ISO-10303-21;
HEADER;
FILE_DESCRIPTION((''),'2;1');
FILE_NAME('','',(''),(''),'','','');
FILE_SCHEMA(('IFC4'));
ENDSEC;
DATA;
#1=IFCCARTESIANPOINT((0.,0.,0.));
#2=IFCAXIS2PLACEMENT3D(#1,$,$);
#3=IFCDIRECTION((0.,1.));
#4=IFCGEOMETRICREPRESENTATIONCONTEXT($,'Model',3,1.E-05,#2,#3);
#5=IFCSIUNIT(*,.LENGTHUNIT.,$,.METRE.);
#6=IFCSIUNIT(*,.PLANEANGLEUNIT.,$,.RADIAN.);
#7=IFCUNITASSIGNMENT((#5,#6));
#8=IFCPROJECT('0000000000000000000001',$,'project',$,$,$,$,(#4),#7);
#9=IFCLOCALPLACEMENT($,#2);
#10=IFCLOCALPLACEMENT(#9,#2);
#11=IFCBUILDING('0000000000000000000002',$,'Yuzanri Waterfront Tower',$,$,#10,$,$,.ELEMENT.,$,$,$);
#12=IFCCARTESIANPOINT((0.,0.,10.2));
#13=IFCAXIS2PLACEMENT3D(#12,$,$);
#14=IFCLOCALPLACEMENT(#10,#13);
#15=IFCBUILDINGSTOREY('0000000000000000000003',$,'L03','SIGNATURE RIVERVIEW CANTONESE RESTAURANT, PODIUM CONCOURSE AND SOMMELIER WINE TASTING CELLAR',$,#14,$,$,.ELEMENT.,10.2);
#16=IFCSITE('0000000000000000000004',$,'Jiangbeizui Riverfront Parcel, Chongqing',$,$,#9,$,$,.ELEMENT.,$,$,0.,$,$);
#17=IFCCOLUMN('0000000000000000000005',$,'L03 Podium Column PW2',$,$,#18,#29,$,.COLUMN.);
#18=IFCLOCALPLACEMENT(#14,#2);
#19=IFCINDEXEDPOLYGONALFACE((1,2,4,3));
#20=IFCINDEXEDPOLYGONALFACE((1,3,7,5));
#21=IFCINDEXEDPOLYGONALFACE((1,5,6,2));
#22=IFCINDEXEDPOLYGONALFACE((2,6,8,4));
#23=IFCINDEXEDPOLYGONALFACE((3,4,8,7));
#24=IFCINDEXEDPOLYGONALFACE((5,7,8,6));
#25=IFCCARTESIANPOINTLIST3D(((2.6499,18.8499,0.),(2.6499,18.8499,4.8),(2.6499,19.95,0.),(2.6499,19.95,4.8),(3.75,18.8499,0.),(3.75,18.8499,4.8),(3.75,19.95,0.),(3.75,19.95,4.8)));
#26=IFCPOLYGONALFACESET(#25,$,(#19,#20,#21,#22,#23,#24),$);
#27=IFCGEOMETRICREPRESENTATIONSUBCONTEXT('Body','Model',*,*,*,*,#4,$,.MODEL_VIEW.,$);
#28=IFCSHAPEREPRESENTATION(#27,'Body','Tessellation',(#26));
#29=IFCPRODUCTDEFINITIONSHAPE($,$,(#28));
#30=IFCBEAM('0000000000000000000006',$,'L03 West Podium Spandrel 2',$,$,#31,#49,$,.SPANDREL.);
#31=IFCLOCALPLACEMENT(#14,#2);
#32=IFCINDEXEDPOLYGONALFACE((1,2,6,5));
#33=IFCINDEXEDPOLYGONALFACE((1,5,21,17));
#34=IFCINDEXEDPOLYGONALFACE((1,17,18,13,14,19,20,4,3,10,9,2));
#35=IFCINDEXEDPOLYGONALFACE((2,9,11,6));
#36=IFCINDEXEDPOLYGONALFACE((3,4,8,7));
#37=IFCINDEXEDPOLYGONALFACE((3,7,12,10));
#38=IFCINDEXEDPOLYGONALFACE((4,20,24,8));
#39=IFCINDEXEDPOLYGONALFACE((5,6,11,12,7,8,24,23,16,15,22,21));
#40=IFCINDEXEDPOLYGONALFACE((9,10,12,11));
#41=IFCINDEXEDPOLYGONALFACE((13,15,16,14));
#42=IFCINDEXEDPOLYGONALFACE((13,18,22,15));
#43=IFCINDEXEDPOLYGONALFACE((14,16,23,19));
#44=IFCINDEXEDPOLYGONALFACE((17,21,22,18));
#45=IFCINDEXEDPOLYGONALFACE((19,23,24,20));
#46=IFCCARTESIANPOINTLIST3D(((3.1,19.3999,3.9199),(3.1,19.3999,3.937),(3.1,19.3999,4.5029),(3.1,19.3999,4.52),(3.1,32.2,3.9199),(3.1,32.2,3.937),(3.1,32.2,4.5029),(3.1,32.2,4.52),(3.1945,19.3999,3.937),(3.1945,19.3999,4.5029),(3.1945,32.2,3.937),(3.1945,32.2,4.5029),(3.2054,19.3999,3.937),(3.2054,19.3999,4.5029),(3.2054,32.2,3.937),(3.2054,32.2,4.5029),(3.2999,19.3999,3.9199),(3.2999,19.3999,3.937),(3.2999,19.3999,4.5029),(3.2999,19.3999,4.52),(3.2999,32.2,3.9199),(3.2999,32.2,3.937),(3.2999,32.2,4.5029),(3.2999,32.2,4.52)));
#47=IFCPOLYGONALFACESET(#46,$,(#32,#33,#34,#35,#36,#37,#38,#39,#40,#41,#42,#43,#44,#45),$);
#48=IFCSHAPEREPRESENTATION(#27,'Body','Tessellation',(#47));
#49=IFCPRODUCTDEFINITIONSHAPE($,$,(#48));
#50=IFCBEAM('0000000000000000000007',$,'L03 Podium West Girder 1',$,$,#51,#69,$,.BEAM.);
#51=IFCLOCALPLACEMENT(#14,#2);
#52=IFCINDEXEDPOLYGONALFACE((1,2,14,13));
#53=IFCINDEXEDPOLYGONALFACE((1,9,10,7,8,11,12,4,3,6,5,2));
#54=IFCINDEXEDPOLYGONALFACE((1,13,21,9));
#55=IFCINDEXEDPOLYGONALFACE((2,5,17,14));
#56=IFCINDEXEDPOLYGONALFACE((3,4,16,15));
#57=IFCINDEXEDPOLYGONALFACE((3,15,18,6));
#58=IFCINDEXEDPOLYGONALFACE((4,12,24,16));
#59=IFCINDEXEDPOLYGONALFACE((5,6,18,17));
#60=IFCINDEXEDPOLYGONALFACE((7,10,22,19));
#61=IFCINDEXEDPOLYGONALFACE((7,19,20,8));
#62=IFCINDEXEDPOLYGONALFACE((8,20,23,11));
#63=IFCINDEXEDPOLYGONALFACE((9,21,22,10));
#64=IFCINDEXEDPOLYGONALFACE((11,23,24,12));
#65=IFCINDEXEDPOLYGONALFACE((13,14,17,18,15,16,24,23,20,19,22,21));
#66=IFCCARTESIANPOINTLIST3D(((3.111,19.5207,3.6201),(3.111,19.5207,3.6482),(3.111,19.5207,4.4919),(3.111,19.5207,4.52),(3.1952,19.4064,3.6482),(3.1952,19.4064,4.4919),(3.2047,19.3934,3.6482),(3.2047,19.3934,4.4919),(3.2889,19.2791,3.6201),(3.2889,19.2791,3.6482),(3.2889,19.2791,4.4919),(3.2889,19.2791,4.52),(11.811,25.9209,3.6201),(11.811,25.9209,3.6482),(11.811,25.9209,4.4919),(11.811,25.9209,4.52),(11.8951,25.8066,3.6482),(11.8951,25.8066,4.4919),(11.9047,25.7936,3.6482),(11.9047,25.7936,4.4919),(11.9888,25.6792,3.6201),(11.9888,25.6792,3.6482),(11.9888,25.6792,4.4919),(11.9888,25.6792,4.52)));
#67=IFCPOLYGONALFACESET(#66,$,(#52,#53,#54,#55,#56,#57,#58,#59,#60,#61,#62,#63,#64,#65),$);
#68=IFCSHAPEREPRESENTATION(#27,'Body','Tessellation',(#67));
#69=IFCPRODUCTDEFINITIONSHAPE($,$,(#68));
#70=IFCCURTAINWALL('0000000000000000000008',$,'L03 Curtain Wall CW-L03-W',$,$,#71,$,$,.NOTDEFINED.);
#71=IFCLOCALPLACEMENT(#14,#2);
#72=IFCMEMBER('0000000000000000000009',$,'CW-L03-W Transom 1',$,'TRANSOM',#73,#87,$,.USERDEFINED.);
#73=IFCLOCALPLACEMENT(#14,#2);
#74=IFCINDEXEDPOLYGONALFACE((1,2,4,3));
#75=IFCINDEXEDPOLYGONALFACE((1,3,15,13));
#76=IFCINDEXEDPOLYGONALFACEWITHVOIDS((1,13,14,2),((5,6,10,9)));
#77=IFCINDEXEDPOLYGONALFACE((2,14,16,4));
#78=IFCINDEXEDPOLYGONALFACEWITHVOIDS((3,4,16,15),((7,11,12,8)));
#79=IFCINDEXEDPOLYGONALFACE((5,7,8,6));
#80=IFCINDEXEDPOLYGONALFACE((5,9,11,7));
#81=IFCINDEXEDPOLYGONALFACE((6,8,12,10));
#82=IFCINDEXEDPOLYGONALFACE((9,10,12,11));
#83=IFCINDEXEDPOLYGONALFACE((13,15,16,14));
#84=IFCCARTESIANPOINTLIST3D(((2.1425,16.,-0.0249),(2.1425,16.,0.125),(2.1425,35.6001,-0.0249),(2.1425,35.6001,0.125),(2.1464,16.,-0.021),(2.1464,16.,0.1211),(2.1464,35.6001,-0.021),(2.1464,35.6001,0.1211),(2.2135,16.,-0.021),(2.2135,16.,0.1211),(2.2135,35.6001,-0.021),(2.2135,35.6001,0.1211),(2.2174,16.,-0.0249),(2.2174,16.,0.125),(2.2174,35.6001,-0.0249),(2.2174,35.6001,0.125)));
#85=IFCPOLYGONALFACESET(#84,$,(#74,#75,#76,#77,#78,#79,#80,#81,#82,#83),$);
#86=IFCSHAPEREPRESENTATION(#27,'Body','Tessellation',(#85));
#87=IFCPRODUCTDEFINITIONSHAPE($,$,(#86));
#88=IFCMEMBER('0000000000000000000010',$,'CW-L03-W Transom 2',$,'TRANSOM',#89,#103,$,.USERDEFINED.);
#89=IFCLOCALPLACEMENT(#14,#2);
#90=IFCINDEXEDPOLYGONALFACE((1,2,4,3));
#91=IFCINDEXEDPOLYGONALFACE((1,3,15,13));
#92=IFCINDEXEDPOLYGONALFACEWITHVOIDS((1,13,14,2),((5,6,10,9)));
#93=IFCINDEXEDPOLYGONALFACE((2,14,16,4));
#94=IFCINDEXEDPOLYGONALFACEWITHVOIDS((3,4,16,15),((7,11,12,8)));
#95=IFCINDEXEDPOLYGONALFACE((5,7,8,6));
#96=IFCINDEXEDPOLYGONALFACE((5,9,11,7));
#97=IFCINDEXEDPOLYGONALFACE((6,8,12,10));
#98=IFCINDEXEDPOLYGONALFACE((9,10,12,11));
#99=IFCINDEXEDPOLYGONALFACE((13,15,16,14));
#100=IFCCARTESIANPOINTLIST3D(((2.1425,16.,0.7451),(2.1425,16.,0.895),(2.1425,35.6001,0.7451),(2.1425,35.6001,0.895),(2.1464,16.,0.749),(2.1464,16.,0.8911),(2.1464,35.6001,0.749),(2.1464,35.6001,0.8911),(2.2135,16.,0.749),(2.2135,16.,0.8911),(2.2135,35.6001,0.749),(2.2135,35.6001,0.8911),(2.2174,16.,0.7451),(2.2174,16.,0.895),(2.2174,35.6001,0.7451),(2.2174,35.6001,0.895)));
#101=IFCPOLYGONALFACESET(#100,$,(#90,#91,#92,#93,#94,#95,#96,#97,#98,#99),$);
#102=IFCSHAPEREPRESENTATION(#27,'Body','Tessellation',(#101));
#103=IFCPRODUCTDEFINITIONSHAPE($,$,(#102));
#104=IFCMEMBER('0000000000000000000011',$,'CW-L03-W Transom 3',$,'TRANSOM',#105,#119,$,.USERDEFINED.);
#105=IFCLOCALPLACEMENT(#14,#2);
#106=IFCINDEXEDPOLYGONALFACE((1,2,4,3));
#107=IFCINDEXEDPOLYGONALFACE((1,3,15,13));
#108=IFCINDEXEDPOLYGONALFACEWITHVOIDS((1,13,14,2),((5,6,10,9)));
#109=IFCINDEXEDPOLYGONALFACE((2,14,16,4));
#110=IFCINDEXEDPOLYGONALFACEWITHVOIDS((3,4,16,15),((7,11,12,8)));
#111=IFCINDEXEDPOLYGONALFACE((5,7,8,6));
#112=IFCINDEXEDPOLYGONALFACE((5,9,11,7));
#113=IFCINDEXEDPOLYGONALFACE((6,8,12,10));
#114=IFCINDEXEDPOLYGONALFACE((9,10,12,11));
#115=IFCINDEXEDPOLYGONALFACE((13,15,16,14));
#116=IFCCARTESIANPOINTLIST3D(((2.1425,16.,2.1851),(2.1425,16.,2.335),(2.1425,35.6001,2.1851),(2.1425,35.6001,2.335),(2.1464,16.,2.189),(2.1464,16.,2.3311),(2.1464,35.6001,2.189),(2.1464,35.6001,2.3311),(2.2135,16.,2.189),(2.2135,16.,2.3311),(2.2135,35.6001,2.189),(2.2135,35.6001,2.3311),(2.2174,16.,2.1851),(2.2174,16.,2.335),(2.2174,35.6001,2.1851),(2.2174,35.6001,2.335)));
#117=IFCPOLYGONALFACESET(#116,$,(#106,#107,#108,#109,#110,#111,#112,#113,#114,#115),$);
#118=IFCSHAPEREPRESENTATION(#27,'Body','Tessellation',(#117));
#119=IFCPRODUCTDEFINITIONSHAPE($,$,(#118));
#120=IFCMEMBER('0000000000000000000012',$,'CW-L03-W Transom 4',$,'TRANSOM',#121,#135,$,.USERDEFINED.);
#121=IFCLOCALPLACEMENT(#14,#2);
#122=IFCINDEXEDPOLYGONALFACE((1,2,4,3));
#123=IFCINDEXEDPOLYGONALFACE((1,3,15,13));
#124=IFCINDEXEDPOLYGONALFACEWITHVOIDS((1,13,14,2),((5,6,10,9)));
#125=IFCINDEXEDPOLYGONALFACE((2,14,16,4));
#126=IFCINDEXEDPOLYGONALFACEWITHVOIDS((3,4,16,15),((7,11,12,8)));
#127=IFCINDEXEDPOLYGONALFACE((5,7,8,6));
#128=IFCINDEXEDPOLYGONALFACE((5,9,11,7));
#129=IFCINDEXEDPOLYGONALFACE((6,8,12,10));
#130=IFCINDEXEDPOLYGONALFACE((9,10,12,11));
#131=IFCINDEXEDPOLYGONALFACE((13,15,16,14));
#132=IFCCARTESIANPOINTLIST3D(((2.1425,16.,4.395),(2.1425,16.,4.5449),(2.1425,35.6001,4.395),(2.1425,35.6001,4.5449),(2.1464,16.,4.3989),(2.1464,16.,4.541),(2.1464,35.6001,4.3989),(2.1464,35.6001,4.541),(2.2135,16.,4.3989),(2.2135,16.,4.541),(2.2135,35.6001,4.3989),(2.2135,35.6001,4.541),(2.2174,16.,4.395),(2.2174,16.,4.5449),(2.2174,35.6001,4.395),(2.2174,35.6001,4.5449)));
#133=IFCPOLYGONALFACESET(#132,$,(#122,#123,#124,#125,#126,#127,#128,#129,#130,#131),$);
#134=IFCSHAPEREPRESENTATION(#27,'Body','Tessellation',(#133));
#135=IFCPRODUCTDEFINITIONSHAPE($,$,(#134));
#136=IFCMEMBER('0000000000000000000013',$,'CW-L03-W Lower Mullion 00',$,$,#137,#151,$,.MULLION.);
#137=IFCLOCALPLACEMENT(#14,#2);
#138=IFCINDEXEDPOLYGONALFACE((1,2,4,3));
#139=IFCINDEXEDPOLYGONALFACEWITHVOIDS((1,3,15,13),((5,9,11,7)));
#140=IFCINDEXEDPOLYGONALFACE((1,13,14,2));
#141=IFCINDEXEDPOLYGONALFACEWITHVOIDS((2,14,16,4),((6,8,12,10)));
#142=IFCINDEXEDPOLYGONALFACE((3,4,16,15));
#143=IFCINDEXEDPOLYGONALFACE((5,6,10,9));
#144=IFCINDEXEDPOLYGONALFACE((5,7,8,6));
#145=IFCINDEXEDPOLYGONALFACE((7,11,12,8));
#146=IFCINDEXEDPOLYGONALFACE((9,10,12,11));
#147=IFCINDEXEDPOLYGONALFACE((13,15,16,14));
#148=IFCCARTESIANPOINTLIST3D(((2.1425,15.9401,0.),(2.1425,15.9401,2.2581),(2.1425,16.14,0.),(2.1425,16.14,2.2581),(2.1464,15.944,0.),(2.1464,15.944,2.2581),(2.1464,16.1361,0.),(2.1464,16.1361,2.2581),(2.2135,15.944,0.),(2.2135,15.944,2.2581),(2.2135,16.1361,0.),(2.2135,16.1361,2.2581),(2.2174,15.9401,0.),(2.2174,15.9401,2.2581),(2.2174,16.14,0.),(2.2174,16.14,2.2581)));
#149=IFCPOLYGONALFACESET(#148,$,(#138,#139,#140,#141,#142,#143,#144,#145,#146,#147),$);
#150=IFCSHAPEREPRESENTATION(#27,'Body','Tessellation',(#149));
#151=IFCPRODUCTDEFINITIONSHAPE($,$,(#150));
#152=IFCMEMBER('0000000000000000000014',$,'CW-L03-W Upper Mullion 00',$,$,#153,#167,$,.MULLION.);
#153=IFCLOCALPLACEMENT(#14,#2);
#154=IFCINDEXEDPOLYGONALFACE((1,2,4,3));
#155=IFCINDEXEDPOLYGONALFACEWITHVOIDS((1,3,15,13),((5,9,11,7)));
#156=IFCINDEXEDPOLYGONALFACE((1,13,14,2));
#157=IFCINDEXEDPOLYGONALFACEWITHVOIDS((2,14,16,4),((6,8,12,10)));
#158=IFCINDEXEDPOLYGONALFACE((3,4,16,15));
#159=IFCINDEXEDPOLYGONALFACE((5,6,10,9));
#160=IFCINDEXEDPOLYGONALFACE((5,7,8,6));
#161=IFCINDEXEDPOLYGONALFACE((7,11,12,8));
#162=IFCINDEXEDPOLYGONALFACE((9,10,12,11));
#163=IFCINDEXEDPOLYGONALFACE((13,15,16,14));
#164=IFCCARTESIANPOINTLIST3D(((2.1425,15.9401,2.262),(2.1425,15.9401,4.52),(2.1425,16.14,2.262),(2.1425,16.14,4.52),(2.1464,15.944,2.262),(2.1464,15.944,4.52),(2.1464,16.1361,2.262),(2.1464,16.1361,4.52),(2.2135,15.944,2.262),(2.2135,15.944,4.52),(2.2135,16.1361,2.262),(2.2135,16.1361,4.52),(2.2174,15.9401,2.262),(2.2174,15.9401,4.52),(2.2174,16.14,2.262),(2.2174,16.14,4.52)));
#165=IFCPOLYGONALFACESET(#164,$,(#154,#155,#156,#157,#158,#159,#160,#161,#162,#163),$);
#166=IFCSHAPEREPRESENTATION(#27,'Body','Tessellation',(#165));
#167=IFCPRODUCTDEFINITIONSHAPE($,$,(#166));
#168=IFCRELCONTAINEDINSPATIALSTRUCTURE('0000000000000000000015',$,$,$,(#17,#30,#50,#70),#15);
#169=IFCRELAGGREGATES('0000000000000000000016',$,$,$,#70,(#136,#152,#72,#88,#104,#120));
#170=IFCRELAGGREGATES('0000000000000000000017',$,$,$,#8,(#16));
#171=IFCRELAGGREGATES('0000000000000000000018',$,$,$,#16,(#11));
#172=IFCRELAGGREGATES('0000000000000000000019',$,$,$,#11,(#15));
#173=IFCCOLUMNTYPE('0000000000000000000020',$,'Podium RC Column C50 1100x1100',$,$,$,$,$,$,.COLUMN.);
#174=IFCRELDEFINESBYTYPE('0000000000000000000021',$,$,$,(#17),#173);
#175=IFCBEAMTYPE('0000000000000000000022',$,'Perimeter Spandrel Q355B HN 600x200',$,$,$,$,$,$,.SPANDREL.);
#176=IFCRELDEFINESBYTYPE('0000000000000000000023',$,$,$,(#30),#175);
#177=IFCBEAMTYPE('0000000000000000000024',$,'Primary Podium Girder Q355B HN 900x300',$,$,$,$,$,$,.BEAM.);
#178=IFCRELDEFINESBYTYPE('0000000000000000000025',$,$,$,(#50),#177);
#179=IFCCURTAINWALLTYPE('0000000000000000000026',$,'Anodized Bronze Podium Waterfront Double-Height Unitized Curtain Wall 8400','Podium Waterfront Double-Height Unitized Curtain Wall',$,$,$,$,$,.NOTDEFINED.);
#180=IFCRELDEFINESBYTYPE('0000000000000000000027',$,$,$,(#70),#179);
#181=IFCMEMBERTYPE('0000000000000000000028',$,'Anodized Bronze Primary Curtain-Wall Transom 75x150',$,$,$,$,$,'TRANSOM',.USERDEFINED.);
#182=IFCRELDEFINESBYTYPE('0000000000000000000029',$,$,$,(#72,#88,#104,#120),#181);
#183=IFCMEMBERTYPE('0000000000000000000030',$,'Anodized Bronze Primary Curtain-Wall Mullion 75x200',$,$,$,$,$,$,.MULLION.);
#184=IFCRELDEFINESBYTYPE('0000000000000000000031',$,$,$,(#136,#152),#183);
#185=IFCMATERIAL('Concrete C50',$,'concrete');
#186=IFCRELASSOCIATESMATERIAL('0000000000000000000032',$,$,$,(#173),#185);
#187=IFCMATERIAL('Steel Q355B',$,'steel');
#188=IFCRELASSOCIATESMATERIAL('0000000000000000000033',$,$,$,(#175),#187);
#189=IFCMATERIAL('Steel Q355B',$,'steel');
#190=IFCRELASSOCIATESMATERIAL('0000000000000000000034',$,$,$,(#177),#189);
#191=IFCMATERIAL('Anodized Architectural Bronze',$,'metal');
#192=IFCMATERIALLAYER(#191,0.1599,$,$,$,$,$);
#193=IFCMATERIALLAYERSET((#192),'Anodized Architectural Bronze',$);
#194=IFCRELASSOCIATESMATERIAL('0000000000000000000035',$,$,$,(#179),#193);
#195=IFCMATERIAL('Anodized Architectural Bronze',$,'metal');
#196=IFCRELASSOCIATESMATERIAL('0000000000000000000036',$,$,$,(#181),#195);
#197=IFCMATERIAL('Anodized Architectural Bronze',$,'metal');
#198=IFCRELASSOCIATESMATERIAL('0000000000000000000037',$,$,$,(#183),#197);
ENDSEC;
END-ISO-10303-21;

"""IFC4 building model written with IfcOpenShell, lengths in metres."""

from ifc_helpers import new_model, si_unit, direction, frame, origin, origin_2d, place, context, subcontext, project, spatial, rectangle, hollow_rectangle, i_section, extrude, source, transform, mapped, material, layer, layer_set, material_profile, profile_set, type_object, element, aggregate, save


model = new_model("IFC4")

# Units and contexts
model_context = context("Model", 3, precision=1e-05, world=origin(), true_north=direction((0.0, 1.0)))
body_context = subcontext(model_context, "Body", "Model", "MODEL_VIEW")
ifc_project = project(units=[si_unit("LENGTHUNIT", "METRE"), si_unit("PLANEANGLEUNIT", "RADIAN")], contexts=[model_context])

# Site, building, storey
site_placement = place(None, origin())
site = spatial("IfcSite", under=ifc_project, at=site_placement, Name="Jiangbeizui Riverfront Parcel, Chongqing", CompositionType="ELEMENT", RefElevation=0.0)
building_placement = place(site_placement, origin())
building = spatial("IfcBuilding", under=site, at=building_placement, Name="Yuzanri Waterfront Tower", CompositionType="ELEMENT")
storey_placement = place(building_placement, frame((0.0, 0.0, 10.2)))
storey = spatial("IfcBuildingStorey", under=building, at=storey_placement, Name="L03", Description="SIGNATURE RIVERVIEW CANTONESE RESTAURANT, PODIUM CONCOURSE AND SOMMELIER WINE TASTING CELLAR", CompositionType="ELEMENT", Elevation=10.2)

# Column
ifc_material_1 = material(Name="Concrete C50", Category="concrete")
ifc_material_profile_1 = material_profile(ifc_material_1, rectangle(XDim=1.1001, YDim=1.1001, at=origin_2d()), Name="RC 1100x1100")
ifc_profile_set_1 = profile_set([ifc_material_profile_1], Name="Concrete C50")
column_type = type_object("IfcColumnType", Name="Podium RC Column C50 1100x1100", PredefinedType="COLUMN", material=ifc_profile_set_1)
shared_shape_1 = source(origin(), body_context, "Body", "SweptSolid", [
    extrude(rectangle(XDim=1.1001, YDim=1.1001, at=origin_2d()), origin(), (0.0, 0.0, 1.0), 4.8),
])
column_placement = place(storey_placement, frame((3.2, 19.3999, 0.0), z_axis=(0.0, 0.0, 1.0), x_axis=(1.0, 0.0, 0.0)))
element("IfcColumn", 1, at=column_placement, inside=storey, type_object=column_type, Name="L03 Podium Column PW2", PredefinedType="COLUMN", context=body_context, shape_type="MappedRepresentation", body=[
    mapped(shared_shape_1, transform((0.0, 0.0, 0.0), scale=1.0)),
])

# Beams
ifc_material_2 = material(Name="Steel Q355B", Category="steel")
ifc_material_profile_2 = material_profile(ifc_material_2, i_section(OverallWidth=0.2, OverallDepth=0.6001, WebThickness=0.011, FlangeThickness=0.0171, at=origin_2d()), Name="HN 600x200x11x17")
ifc_profile_set_2 = profile_set([ifc_material_profile_2], Name="Steel Q355B")
beam_type_1 = type_object("IfcBeamType", Name="Perimeter Spandrel Q355B HN 600x200", PredefinedType="SPANDREL", material=ifc_profile_set_2)
shared_shape_2 = source(origin(), body_context, "Body", "SweptSolid", [
    extrude(i_section(OverallWidth=0.2, OverallDepth=0.6001, WebThickness=0.011, FlangeThickness=0.0171, at=origin_2d()), origin(), (0.0, 0.0, 1.0), 12.8),
])
beam_1_placement = place(storey_placement, frame((3.2, 19.3999, 4.22), z_axis=(0.0, 1.0, 0.0), x_axis=(-1.0, 0.0, 0.0)))
element("IfcBeam", 2, at=beam_1_placement, inside=storey, type_object=beam_type_1, Name="L03 West Podium Spandrel 2", PredefinedType="SPANDREL", context=body_context, shape_type="MappedRepresentation", body=[
    mapped(shared_shape_2, transform((0.0, 0.0, 0.0), scale=1.0)),
])
ifc_material_3 = material(Name="Steel Q355B", Category="steel")
ifc_material_profile_3 = material_profile(ifc_material_3, i_section(OverallWidth=0.3, OverallDepth=0.8999, WebThickness=0.0161, FlangeThickness=0.0281, at=origin_2d()), Name="HN 900x300x16x28")
ifc_profile_set_3 = profile_set([ifc_material_profile_3], Name="Steel Q355B")
beam_type_2 = type_object("IfcBeamType", Name="Primary Podium Girder Q355B HN 900x300", PredefinedType="BEAM", material=ifc_profile_set_3)
shared_shape_3 = source(origin(), body_context, "Body", "SweptSolid", [
    extrude(i_section(OverallWidth=0.3, OverallDepth=0.8999, WebThickness=0.0161, FlangeThickness=0.0281, at=origin_2d()), origin(), (0.0, 0.0, 1.0), 10.8005),
])
beam_2_placement = place(storey_placement, frame((3.2, 19.3999, 4.0701), z_axis=(0.805513, 0.592578, 0.0), x_axis=(-0.592578, 0.805513, 0.0)))
element("IfcBeam", 3, at=beam_2_placement, inside=storey, type_object=beam_type_2, Name="L03 Podium West Girder 1", PredefinedType="BEAM", context=body_context, shape_type="MappedRepresentation", body=[
    mapped(shared_shape_3, transform((0.0, 0.0, 0.0), scale=1.0)),
])

# Curtain wall, members
ifc_material_4 = material(Name="Anodized Architectural Bronze", Category="metal")
ifc_layer_1 = layer(ifc_material_4, 0.1599)
ifc_layer_set_1 = layer_set([ifc_layer_1], Name="Anodized Architectural Bronze")
curtain_wall_type = type_object("IfcCurtainWallType", Name="Anodized Bronze Podium Waterfront Double-Height Unitized Curtain Wall 8400", Description="Podium Waterfront Double-Height Unitized Curtain Wall", PredefinedType="NOTDEFINED", material=ifc_layer_set_1)
curtain_wall_placement = place(storey_placement, origin())
curtain_wall = element("IfcCurtainWall", 4, at=curtain_wall_placement, inside=storey, type_object=curtain_wall_type, Name="L03 Curtain Wall CW-L03-W", PredefinedType="NOTDEFINED")
ifc_material_5 = material(Name="Anodized Architectural Bronze", Category="metal")
ifc_material_profile_4 = material_profile(ifc_material_5, hollow_rectangle(XDim=0.075, YDim=0.1499, WallThickness=0.0039, at=origin_2d()), Name="CWT 75x150")
ifc_profile_set_4 = profile_set([ifc_material_profile_4], Name="Anodized Architectural Bronze")
member_type_1 = type_object("IfcMemberType", Name="Anodized Bronze Primary Curtain-Wall Transom 75x150", ElementType="TRANSOM", PredefinedType="USERDEFINED", material=ifc_profile_set_4)
shared_shape_4 = source(origin(), body_context, "Body", "SweptSolid", [
    extrude(hollow_rectangle(XDim=0.075, YDim=0.1499, WallThickness=0.0039, at=origin_2d()), origin(), (0.0, 0.0, 1.0), 19.6001),
])
member_1_placement = place(storey_placement, frame((2.1799, 16.0, 0.05), z_axis=(0.0, 1.0, 0.0), x_axis=(-1.0, 0.0, 0.0)))
member_1 = element("IfcMember", 5, at=member_1_placement, type_object=member_type_1, Name="CW-L03-W Transom 1", ObjectType="TRANSOM", PredefinedType="USERDEFINED", context=body_context, shape_type="MappedRepresentation", body=[
    mapped(shared_shape_4, transform((0.0, 0.0, 0.0), scale=1.0)),
])
member_2_placement = place(storey_placement, frame((2.1799, 16.0, 0.8201), z_axis=(0.0, 1.0, 0.0), x_axis=(-1.0, 0.0, 0.0)))
member_2 = element("IfcMember", 6, at=member_2_placement, type_object=member_type_1, Name="CW-L03-W Transom 2", ObjectType="TRANSOM", PredefinedType="USERDEFINED", context=body_context, shape_type="MappedRepresentation", body=[
    mapped(shared_shape_4, transform((0.0, 0.0, 0.0), scale=1.0)),
])
member_3_placement = place(storey_placement, frame((2.1799, 16.0, 2.26), z_axis=(0.0, 1.0, 0.0), x_axis=(-1.0, 0.0, 0.0)))
member_3 = element("IfcMember", 7, at=member_3_placement, type_object=member_type_1, Name="CW-L03-W Transom 3", ObjectType="TRANSOM", PredefinedType="USERDEFINED", context=body_context, shape_type="MappedRepresentation", body=[
    mapped(shared_shape_4, transform((0.0, 0.0, 0.0), scale=1.0)),
])
member_4_placement = place(storey_placement, frame((2.1799, 16.0, 4.47), z_axis=(0.0, 1.0, 0.0), x_axis=(-1.0, 0.0, 0.0)))
member_4 = element("IfcMember", 8, at=member_4_placement, type_object=member_type_1, Name="CW-L03-W Transom 4", ObjectType="TRANSOM", PredefinedType="USERDEFINED", context=body_context, shape_type="MappedRepresentation", body=[
    mapped(shared_shape_4, transform((0.0, 0.0, 0.0), scale=1.0)),
])
ifc_material_6 = material(Name="Anodized Architectural Bronze", Category="metal")
ifc_material_profile_5 = material_profile(ifc_material_6, hollow_rectangle(XDim=0.075, YDim=0.2, WallThickness=0.0039, at=origin_2d()), Name="CWM 75x200")
ifc_profile_set_5 = profile_set([ifc_material_profile_5], Name="Anodized Architectural Bronze")
member_type_2 = type_object("IfcMemberType", Name="Anodized Bronze Primary Curtain-Wall Mullion 75x200", PredefinedType="MULLION", material=ifc_profile_set_5)
shared_shape_5 = source(origin(), body_context, "Body", "SweptSolid", [
    extrude(hollow_rectangle(XDim=0.075, YDim=0.2, WallThickness=0.0039, at=origin_2d()), origin(), (0.0, 0.0, 1.0), 2.2581),
])
member_5_placement = place(storey_placement, frame((2.1799, 16.04, 0.0), z_axis=(0.0, 0.0, 1.0), x_axis=(1.0, 0.0, 0.0)))
member_5 = element("IfcMember", 9, at=member_5_placement, type_object=member_type_2, Name="CW-L03-W Lower Mullion 00", PredefinedType="MULLION", context=body_context, shape_type="MappedRepresentation", body=[
    mapped(shared_shape_5, transform((0.0, 0.0, 0.0), scale=1.0)),
])
member_6_placement = place(storey_placement, frame((2.1799, 16.04, 2.262), z_axis=(0.0, 0.0, 1.0), x_axis=(1.0, 0.0, 0.0)))
member_6 = element("IfcMember", 10, at=member_6_placement, type_object=member_type_2, Name="CW-L03-W Upper Mullion 00", PredefinedType="MULLION", context=body_context, shape_type="MappedRepresentation", body=[
    mapped(shared_shape_5, transform((0.0, 0.0, 0.0), scale=1.0)),
])

aggregate(curtain_wall, [member_5, member_6, member_1, member_2, member_3, member_4])

save(model, "model.ifc")
